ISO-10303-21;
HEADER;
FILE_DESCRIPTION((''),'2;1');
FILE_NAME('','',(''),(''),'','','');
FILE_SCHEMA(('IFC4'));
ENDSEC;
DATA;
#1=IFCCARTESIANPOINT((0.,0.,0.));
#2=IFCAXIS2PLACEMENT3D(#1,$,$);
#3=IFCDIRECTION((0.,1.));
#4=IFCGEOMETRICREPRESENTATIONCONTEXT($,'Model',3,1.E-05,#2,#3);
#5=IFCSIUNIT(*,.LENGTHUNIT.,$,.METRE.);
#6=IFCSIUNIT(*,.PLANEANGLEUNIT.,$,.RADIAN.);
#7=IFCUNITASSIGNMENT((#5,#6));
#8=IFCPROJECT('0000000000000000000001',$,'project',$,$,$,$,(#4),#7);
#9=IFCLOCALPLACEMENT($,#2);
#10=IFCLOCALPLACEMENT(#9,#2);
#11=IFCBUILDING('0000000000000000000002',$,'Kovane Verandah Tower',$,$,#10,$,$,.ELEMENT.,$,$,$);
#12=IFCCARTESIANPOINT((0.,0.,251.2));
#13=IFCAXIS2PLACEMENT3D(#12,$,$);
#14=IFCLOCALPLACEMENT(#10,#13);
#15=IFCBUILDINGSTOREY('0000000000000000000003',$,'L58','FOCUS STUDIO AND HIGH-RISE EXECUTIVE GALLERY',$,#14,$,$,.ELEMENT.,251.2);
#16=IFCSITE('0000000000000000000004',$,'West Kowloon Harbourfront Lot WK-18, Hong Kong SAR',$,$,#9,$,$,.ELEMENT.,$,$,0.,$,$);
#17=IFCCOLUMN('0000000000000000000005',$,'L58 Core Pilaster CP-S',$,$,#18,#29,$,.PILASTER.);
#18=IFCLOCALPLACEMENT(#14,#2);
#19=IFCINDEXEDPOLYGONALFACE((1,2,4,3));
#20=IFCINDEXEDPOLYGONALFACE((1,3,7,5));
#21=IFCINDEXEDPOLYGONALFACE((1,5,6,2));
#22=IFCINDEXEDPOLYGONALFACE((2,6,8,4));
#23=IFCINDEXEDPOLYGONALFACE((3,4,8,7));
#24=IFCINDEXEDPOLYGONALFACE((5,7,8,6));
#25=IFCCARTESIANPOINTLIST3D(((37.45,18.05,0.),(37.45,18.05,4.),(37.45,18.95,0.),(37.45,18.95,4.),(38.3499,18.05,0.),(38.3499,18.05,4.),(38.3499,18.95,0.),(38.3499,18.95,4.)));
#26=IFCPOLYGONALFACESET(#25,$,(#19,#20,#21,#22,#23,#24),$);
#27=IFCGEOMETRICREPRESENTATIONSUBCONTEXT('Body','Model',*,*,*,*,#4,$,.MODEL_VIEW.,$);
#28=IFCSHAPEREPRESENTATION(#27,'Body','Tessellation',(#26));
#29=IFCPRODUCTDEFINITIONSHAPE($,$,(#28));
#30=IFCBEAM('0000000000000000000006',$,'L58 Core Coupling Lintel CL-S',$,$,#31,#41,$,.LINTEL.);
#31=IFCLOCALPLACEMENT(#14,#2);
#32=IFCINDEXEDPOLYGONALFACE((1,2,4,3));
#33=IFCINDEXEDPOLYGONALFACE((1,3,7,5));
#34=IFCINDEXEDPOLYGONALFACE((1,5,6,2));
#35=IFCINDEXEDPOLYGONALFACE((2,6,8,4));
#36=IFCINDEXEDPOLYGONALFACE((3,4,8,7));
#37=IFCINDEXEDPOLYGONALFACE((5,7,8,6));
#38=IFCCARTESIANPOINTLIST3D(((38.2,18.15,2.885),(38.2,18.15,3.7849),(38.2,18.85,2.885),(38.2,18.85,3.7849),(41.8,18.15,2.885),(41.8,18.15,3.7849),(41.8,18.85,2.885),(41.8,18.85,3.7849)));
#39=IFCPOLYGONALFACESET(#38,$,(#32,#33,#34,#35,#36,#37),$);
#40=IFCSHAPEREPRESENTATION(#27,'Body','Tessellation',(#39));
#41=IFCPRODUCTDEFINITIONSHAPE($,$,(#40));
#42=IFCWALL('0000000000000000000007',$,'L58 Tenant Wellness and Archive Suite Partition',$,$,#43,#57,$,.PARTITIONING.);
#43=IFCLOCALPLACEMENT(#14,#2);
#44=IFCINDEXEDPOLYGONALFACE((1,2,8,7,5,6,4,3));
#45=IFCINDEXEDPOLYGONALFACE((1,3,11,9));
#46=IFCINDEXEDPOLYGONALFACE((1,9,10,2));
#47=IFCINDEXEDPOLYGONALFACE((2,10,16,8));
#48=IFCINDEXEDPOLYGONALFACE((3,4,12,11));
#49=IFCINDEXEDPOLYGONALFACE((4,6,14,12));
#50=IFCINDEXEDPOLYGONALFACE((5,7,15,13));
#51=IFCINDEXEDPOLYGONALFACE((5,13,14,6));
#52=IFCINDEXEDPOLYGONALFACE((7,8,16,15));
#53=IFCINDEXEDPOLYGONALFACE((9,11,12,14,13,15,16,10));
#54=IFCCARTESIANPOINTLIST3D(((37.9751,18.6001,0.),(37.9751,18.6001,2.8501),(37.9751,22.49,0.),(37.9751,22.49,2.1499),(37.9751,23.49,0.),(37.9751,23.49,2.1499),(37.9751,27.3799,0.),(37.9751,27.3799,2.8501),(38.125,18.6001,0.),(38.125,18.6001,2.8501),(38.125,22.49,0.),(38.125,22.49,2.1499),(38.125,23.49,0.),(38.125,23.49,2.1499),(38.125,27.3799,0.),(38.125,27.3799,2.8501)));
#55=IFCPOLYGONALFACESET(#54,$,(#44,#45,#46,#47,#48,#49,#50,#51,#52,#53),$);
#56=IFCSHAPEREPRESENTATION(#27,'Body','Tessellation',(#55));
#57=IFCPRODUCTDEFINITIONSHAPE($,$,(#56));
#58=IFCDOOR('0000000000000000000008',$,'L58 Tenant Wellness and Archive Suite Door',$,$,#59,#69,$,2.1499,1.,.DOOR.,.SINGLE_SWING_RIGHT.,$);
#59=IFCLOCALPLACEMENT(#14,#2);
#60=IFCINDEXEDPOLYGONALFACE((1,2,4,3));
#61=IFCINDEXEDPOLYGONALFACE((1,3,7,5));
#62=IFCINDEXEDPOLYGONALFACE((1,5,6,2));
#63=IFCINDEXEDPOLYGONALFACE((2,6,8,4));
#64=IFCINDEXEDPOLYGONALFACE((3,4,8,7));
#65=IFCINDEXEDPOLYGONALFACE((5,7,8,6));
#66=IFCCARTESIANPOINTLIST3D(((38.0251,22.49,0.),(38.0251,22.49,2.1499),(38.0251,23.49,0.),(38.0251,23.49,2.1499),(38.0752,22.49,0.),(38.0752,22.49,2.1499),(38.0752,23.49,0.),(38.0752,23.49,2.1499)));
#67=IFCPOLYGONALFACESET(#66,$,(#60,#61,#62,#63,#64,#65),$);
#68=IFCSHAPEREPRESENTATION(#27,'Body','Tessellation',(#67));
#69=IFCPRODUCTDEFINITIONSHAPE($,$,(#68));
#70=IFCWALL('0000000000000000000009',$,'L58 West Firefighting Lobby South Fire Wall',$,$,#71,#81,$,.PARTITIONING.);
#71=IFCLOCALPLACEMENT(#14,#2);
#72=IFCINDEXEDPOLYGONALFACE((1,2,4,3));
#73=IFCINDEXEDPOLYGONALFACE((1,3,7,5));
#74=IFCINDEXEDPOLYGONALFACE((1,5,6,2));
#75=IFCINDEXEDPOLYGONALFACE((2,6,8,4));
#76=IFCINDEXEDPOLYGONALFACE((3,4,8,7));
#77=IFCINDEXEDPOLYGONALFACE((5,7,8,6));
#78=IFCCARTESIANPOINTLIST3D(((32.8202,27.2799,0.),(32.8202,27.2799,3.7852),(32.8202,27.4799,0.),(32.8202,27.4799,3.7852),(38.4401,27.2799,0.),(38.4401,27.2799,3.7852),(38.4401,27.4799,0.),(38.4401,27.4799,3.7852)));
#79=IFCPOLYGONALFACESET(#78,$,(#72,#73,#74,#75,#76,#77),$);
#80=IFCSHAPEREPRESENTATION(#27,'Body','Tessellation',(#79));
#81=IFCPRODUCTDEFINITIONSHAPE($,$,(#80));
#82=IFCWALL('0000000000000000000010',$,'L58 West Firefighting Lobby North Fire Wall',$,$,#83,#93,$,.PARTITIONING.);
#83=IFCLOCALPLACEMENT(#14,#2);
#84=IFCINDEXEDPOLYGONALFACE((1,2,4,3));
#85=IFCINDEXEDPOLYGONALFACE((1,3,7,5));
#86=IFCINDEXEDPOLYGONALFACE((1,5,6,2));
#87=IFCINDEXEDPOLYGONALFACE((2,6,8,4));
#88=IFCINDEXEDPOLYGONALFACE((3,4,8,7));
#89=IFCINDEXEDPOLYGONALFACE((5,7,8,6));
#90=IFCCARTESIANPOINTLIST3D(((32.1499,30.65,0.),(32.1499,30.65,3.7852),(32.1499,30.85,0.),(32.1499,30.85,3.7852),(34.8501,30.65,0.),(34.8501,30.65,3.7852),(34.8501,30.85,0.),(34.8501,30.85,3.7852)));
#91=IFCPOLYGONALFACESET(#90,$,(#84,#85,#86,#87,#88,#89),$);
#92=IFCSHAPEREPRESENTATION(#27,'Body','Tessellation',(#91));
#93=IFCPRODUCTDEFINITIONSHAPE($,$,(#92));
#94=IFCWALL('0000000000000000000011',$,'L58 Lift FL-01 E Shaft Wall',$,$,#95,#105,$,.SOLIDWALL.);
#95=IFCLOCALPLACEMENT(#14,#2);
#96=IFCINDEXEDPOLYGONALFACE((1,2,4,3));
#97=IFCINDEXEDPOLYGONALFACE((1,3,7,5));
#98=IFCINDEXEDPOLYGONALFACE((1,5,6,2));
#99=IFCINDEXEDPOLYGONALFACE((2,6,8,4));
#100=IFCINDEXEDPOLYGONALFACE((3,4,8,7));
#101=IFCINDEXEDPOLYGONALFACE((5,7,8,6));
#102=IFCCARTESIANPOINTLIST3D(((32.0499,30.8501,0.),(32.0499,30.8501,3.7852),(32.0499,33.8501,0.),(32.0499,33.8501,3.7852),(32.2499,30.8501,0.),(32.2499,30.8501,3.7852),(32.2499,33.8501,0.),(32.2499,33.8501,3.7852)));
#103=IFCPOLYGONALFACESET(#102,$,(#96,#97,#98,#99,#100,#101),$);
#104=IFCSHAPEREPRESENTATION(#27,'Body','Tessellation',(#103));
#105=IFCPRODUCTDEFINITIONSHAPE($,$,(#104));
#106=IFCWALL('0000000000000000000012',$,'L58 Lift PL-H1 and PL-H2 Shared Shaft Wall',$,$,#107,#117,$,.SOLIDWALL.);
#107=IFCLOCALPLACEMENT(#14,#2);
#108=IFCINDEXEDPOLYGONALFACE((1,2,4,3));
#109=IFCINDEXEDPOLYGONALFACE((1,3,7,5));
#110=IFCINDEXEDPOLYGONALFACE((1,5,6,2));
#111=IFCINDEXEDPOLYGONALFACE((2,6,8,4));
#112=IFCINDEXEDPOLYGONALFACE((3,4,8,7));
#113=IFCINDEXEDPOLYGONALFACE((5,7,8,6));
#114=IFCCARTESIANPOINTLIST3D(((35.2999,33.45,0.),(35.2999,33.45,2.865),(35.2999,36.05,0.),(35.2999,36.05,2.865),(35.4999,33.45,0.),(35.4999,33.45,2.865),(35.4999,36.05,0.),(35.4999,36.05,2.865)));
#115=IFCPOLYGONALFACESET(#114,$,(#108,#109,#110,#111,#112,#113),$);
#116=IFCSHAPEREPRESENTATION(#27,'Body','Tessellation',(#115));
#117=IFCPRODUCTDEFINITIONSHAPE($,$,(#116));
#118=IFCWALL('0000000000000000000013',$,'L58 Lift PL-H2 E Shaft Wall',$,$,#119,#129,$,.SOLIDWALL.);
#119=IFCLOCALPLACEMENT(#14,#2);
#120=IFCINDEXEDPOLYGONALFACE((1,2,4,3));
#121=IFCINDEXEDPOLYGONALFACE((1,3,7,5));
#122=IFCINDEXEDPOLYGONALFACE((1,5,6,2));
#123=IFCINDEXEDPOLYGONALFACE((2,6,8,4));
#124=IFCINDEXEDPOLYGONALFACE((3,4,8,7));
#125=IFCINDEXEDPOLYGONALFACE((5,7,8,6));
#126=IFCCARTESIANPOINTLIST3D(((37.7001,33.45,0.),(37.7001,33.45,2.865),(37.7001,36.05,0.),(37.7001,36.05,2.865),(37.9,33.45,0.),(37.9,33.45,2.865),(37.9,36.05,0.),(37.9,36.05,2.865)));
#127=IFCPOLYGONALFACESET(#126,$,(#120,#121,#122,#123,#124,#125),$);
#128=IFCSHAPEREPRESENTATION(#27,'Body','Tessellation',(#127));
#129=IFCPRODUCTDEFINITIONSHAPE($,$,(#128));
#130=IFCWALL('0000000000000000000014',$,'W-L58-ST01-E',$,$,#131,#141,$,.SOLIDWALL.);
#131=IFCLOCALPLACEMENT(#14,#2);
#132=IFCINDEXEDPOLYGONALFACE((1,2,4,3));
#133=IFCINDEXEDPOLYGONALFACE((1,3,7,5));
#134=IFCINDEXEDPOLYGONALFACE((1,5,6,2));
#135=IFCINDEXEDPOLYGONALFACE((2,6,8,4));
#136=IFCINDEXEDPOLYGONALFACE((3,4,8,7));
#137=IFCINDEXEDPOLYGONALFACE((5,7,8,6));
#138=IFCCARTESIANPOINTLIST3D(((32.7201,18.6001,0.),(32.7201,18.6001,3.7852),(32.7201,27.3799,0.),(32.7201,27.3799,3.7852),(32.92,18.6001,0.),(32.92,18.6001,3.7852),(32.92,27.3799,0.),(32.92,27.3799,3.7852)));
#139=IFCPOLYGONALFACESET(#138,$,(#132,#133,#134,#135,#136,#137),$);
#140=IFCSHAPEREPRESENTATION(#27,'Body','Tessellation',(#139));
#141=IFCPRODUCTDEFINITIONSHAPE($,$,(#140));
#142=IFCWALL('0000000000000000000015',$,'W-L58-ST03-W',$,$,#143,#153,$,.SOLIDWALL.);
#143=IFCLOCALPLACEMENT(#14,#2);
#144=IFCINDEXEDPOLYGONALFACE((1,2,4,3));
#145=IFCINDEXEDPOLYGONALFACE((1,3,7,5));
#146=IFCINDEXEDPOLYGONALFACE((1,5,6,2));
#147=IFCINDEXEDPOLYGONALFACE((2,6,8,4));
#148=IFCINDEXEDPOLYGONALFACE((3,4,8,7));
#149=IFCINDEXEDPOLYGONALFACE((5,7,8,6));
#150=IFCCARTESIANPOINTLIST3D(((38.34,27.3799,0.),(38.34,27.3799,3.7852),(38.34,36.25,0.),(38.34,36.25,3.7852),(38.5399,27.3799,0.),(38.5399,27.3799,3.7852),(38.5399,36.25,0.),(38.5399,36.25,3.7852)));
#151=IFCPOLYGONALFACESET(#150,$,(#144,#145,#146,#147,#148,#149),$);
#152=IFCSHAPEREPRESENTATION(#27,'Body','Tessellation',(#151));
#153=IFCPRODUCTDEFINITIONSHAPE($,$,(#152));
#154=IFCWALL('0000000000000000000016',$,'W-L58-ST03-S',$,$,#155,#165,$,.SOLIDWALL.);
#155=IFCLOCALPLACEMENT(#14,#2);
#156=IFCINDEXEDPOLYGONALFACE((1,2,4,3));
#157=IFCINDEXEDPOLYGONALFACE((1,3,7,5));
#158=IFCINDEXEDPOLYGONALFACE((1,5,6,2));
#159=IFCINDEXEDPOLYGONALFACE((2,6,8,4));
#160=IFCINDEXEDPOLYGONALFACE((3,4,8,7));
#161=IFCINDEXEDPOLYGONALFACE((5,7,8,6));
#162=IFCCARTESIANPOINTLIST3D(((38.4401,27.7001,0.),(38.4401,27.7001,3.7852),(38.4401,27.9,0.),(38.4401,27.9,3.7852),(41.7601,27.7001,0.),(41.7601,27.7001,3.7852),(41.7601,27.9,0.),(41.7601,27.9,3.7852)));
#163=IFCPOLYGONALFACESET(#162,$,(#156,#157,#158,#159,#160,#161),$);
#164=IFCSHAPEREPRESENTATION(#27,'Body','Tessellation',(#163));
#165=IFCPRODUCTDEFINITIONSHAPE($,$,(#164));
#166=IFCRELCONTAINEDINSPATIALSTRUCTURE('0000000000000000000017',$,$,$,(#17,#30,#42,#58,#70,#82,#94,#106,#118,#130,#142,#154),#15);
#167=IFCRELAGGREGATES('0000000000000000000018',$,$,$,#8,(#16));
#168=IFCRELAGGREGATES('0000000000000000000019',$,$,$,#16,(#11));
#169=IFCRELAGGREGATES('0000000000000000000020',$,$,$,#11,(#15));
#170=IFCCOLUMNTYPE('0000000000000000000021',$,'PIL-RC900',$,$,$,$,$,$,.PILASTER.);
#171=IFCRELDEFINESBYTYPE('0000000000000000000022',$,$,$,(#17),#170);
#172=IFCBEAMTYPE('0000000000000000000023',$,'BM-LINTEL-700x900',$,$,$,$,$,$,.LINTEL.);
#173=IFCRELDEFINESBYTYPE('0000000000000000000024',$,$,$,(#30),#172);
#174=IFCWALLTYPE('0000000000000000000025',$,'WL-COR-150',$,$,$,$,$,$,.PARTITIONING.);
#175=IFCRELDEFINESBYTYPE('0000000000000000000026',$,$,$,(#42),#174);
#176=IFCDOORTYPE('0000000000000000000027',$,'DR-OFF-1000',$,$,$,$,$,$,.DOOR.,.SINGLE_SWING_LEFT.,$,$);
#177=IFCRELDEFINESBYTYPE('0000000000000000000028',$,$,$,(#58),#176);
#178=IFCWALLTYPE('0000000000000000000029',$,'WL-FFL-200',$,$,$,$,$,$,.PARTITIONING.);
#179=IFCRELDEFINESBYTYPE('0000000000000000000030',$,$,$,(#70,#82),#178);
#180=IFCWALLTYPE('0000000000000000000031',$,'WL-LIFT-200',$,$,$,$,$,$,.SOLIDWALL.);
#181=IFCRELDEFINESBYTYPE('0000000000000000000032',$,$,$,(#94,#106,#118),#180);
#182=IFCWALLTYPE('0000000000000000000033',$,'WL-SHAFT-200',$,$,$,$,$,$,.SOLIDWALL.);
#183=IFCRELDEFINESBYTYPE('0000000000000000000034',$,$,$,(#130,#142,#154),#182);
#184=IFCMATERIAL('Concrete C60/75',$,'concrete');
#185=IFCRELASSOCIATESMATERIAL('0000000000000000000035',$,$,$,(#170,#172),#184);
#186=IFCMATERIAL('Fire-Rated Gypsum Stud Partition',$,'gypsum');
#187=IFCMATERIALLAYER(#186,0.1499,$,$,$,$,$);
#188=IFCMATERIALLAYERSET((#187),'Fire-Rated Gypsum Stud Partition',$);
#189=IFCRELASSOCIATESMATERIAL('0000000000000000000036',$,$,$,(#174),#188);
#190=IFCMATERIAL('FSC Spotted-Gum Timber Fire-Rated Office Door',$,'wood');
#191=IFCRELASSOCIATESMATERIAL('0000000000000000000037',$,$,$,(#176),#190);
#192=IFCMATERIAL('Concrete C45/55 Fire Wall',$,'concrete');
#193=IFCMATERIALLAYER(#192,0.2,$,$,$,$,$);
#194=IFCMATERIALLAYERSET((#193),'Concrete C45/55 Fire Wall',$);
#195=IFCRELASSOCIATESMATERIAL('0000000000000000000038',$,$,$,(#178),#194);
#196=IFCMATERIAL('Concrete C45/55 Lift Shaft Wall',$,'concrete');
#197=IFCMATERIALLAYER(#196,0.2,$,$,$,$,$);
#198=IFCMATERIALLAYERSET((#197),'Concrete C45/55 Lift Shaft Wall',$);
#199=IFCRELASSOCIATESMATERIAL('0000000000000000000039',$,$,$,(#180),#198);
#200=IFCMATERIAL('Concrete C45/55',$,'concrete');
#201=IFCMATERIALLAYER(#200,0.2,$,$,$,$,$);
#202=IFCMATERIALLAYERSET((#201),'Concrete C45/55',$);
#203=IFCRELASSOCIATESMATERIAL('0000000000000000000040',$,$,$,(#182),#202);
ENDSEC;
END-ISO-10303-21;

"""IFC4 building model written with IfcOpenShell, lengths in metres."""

from ifc_helpers import new_model, si_unit, direction, frame, frame_2d, origin, origin_2d, place, context, subcontext, project, spatial, rectangle, extrude, material, layer, layer_set, material_profile, profile_set, type_object, element, fill, save


model = new_model("IFC4")

# Units and contexts
model_context = context("Model", 3, precision=1e-05, world=origin(), true_north=direction((0.0, 1.0)))
body_context = subcontext(model_context, "Body", "Model", "MODEL_VIEW")
ifc_project = project(units=[si_unit("LENGTHUNIT", "METRE"), si_unit("PLANEANGLEUNIT", "RADIAN")], contexts=[model_context])

# Site, building, storey
site_placement = place(None, origin())
site = spatial("IfcSite", under=ifc_project, at=site_placement, Name="West Kowloon Harbourfront Lot WK-18, Hong Kong SAR", CompositionType="ELEMENT", RefElevation=0.0)
building_placement = place(site_placement, origin())
building = spatial("IfcBuilding", under=site, at=building_placement, Name="Kovane Verandah Tower", CompositionType="ELEMENT")
storey_placement = place(building_placement, frame((0.0, 0.0, 251.2)))
storey = spatial("IfcBuildingStorey", under=building, at=storey_placement, Name="L58", Description="FOCUS STUDIO AND HIGH-RISE EXECUTIVE GALLERY", CompositionType="ELEMENT", Elevation=251.2)

# Column
ifc_material_1 = material(Name="Concrete C60/75", Category="concrete")
ifc_material_profile_1 = material_profile(ifc_material_1, rectangle(XDim=0.8999, YDim=0.8999, at=origin_2d()), Name="RC900x900")
ifc_profile_set_1 = profile_set([ifc_material_profile_1], Name="Concrete C60/75")
column_type = type_object("IfcColumnType", Name="PIL-RC900", PredefinedType="PILASTER", material=ifc_profile_set_1)
column_placement = place(storey_placement, frame((37.8999, 18.5, 0.0), z_axis=(0.0, 0.0, 1.0), x_axis=(1.0, 0.0, 0.0)))
element("IfcColumn", 1, at=column_placement, inside=storey, type_object=column_type, Name="L58 Core Pilaster CP-S", PredefinedType="PILASTER", context=body_context, shape_type="SweptSolid", body=[
    extrude(rectangle(XDim=0.8999, YDim=0.8999, at=origin_2d()), origin(), (0.0, 0.0, 1.0), 4.0),
])

# Beam
ifc_material_profile_2 = material_profile(ifc_material_1, rectangle(XDim=0.7, YDim=0.8999, at=origin_2d()), Name="RCB700x900")
ifc_profile_set_2 = profile_set([ifc_material_profile_2], Name="Concrete C60/75")
beam_type = type_object("IfcBeamType", Name="BM-LINTEL-700x900", PredefinedType="LINTEL", material=ifc_profile_set_2)
beam_placement = place(storey_placement, frame((38.2, 18.5, 3.335), z_axis=(1.0, 0.0, 0.0), x_axis=(0.0, 1.0, 0.0)))
element("IfcBeam", 2, at=beam_placement, inside=storey, type_object=beam_type, Name="L58 Core Coupling Lintel CL-S", PredefinedType="LINTEL", context=body_context, shape_type="SweptSolid", body=[
    extrude(rectangle(XDim=0.7, YDim=0.8999, at=origin_2d()), origin(), (0.0, 0.0, 1.0), 3.6001),
])

# Wall, opening, door
ifc_material_2 = material(Name="Fire-Rated Gypsum Stud Partition", Category="gypsum")
ifc_layer_1 = layer(ifc_material_2, 0.1499)
ifc_layer_set_1 = layer_set([ifc_layer_1], Name="Fire-Rated Gypsum Stud Partition")
wall_type_1 = type_object("IfcWallType", Name="WL-COR-150", PredefinedType="PARTITIONING", material=ifc_layer_set_1)
wall_1_placement = place(storey_placement, frame((38.05, 18.6001, 0.0), z_axis=(0.0, 0.0, 1.0), x_axis=(0.0, 1.0, 0.0)))
wall_1 = element("IfcWall", 3, at=wall_1_placement, inside=storey, type_object=wall_type_1, Name="L58 Tenant Wellness and Archive Suite Partition", PredefinedType="PARTITIONING", context=body_context, shape_type="SweptSolid", body=[
    extrude(rectangle(XDim=8.7798, YDim=0.1499, at=frame_2d((4.3899, 0.0))), origin(), (0.0, 0.0, 1.0), 2.8501),
])
opening_1_placement = place(wall_1_placement, frame((3.8899, 0.0, 0.0)))
opening_1 = element("IfcOpeningElement", 4, at=opening_1_placement, cuts=wall_1, PredefinedType="OPENING", context=body_context, shape_type="SweptSolid", body=[
    extrude(rectangle(XDim=1.0, YDim=2.1499, at=frame_2d((0.5, 1.075))), frame((0.0, 0.075, 0.0), z_axis=(0.0, -1.0, 0.0), x_axis=(1.0, 0.0, 0.0)), (0.0, 0.0, 1.0), 0.1499),
])
ifc_material_3 = material(Name="FSC Spotted-Gum Timber Fire-Rated Office Door", Category="wood")
door_type_1 = type_object("IfcDoorType", Name="DR-OFF-1000", OperationType="SINGLE_SWING_LEFT", PredefinedType="DOOR", material=ifc_material_3)
door_1_placement = place(opening_1_placement, origin())
door_1 = element("IfcDoor", 5, at=door_1_placement, inside=storey, type_object=door_type_1, Name="L58 Tenant Wellness and Archive Suite Door", OperationType="SINGLE_SWING_RIGHT", OverallHeight=2.1499, OverallWidth=1.0, PredefinedType="DOOR", context=body_context, shape_type="SweptSolid", body=[
    extrude(rectangle(XDim=1.0, YDim=2.1499, at=frame_2d((0.5, 1.075))), frame((0.0, 0.0249, 0.0), z_axis=(0.0, -1.0, 0.0), x_axis=(1.0, 0.0, 0.0)), (0.0, 0.0, 1.0), 0.05),
])
fill(opening_1, door_1)
ifc_material_4 = material(Name="Concrete C45/55 Fire Wall", Category="concrete")
ifc_layer_2 = layer(ifc_material_4, 0.2)
ifc_layer_set_2 = layer_set([ifc_layer_2], Name="Concrete C45/55 Fire Wall")
wall_type_2 = type_object("IfcWallType", Name="WL-FFL-200", PredefinedType="PARTITIONING", material=ifc_layer_set_2)

# Walls
wall_2_placement = place(storey_placement, frame((32.8201, 27.3799, 0.0), z_axis=(0.0, 0.0, 1.0), x_axis=(1.0, 0.0, 0.0)))
element("IfcWall", 6, at=wall_2_placement, inside=storey, type_object=wall_type_2, Name="L58 West Firefighting Lobby South Fire Wall", PredefinedType="PARTITIONING", context=body_context, shape_type="SweptSolid", body=[
    extrude(rectangle(XDim=5.6199, YDim=0.2, at=frame_2d((2.8101, 0.0))), origin(), (0.0, 0.0, 1.0), 3.7852),
])
wall_3_placement = place(storey_placement, frame((32.1499, 30.75, 0.0), z_axis=(0.0, 0.0, 1.0), x_axis=(1.0, 0.0, 0.0)))
element("IfcWall", 7, at=wall_3_placement, inside=storey, type_object=wall_type_2, Name="L58 West Firefighting Lobby North Fire Wall", PredefinedType="PARTITIONING", context=body_context, shape_type="SweptSolid", body=[
    extrude(rectangle(XDim=2.7002, YDim=0.2, at=frame_2d((1.3501, 0.0))), origin(), (0.0, 0.0, 1.0), 3.7852),
])
ifc_material_5 = material(Name="Concrete C45/55 Lift Shaft Wall", Category="concrete")
ifc_layer_3 = layer(ifc_material_5, 0.2)
ifc_layer_set_3 = layer_set([ifc_layer_3], Name="Concrete C45/55 Lift Shaft Wall")
wall_type_3 = type_object("IfcWallType", Name="WL-LIFT-200", PredefinedType="SOLIDWALL", material=ifc_layer_set_3)
wall_4_placement = place(storey_placement, frame((32.1499, 30.8501, 0.0), z_axis=(0.0, 0.0, 1.0), x_axis=(0.0, 1.0, 0.0)))
element("IfcWall", 8, at=wall_4_placement, inside=storey, type_object=wall_type_3, Name="L58 Lift FL-01 E Shaft Wall", PredefinedType="SOLIDWALL", context=body_context, shape_type="SweptSolid", body=[
    extrude(rectangle(XDim=3.0, YDim=0.2, at=frame_2d((1.5, 0.0))), origin(), (0.0, 0.0, 1.0), 3.7852),
])

# Wall
wall_5_placement = place(storey_placement, frame((35.3999, 33.45, 0.0), z_axis=(0.0, 0.0, 1.0), x_axis=(0.0, 1.0, 0.0)))
element("IfcWall", 9, at=wall_5_placement, inside=storey, type_object=wall_type_3, Name="L58 Lift PL-H1 and PL-H2 Shared Shaft Wall", PredefinedType="SOLIDWALL", context=body_context, shape_type="SweptSolid", body=[
    extrude(rectangle(XDim=2.6001, YDim=0.2, at=frame_2d((1.3, 0.0))), origin(), (0.0, 0.0, 1.0), 2.865),
])

# Walls
wall_6_placement = place(storey_placement, frame((37.8, 33.45, 0.0), z_axis=(0.0, 0.0, 1.0), x_axis=(0.0, 1.0, 0.0)))
element("IfcWall", 10, at=wall_6_placement, inside=storey, type_object=wall_type_3, Name="L58 Lift PL-H2 E Shaft Wall", PredefinedType="SOLIDWALL", context=body_context, shape_type="SweptSolid", body=[
    extrude(rectangle(XDim=2.6001, YDim=0.2, at=frame_2d((1.3, 0.0))), origin(), (0.0, 0.0, 1.0), 2.865),
])
ifc_material_6 = material(Name="Concrete C45/55", Category="concrete")
ifc_layer_4 = layer(ifc_material_6, 0.2)
ifc_layer_set_4 = layer_set([ifc_layer_4], Name="Concrete C45/55")
wall_type_4 = type_object("IfcWallType", Name="WL-SHAFT-200", PredefinedType="SOLIDWALL", material=ifc_layer_set_4)
wall_7_placement = place(storey_placement, frame((32.8201, 18.6001, 0.0), z_axis=(0.0, 0.0, 1.0), x_axis=(0.0, 1.0, 0.0)))
element("IfcWall", 11, at=wall_7_placement, inside=storey, type_object=wall_type_4, Name="W-L58-ST01-E", PredefinedType="SOLIDWALL", context=body_context, shape_type="SweptSolid", body=[
    extrude(rectangle(XDim=8.7798, YDim=0.2, at=frame_2d((4.3899, 0.0))), origin(), (0.0, 0.0, 1.0), 3.7852),
])
wall_8_placement = place(storey_placement, frame((38.4399, 27.3799, 0.0), z_axis=(0.0, 0.0, 1.0), x_axis=(0.0, 1.0, 0.0)))
element("IfcWall", 12, at=wall_8_placement, inside=storey, type_object=wall_type_4, Name="W-L58-ST03-W", PredefinedType="SOLIDWALL", context=body_context, shape_type="SweptSolid", body=[
    extrude(rectangle(XDim=8.8701, YDim=0.2, at=frame_2d((4.4351, 0.0))), origin(), (0.0, 0.0, 1.0), 3.7852),
])
wall_9_placement = place(storey_placement, frame((38.4399, 27.8, 0.0), z_axis=(0.0, 0.0, 1.0), x_axis=(1.0, 0.0, 0.0)))
element("IfcWall", 13, at=wall_9_placement, inside=storey, type_object=wall_type_4, Name="W-L58-ST03-S", PredefinedType="SOLIDWALL", context=body_context, shape_type="SweptSolid", body=[
    extrude(rectangle(XDim=3.3201, YDim=0.2, at=frame_2d((1.6602, 0.0))), origin(), (0.0, 0.0, 1.0), 3.7852),
])

save(model, "model.ifc")
